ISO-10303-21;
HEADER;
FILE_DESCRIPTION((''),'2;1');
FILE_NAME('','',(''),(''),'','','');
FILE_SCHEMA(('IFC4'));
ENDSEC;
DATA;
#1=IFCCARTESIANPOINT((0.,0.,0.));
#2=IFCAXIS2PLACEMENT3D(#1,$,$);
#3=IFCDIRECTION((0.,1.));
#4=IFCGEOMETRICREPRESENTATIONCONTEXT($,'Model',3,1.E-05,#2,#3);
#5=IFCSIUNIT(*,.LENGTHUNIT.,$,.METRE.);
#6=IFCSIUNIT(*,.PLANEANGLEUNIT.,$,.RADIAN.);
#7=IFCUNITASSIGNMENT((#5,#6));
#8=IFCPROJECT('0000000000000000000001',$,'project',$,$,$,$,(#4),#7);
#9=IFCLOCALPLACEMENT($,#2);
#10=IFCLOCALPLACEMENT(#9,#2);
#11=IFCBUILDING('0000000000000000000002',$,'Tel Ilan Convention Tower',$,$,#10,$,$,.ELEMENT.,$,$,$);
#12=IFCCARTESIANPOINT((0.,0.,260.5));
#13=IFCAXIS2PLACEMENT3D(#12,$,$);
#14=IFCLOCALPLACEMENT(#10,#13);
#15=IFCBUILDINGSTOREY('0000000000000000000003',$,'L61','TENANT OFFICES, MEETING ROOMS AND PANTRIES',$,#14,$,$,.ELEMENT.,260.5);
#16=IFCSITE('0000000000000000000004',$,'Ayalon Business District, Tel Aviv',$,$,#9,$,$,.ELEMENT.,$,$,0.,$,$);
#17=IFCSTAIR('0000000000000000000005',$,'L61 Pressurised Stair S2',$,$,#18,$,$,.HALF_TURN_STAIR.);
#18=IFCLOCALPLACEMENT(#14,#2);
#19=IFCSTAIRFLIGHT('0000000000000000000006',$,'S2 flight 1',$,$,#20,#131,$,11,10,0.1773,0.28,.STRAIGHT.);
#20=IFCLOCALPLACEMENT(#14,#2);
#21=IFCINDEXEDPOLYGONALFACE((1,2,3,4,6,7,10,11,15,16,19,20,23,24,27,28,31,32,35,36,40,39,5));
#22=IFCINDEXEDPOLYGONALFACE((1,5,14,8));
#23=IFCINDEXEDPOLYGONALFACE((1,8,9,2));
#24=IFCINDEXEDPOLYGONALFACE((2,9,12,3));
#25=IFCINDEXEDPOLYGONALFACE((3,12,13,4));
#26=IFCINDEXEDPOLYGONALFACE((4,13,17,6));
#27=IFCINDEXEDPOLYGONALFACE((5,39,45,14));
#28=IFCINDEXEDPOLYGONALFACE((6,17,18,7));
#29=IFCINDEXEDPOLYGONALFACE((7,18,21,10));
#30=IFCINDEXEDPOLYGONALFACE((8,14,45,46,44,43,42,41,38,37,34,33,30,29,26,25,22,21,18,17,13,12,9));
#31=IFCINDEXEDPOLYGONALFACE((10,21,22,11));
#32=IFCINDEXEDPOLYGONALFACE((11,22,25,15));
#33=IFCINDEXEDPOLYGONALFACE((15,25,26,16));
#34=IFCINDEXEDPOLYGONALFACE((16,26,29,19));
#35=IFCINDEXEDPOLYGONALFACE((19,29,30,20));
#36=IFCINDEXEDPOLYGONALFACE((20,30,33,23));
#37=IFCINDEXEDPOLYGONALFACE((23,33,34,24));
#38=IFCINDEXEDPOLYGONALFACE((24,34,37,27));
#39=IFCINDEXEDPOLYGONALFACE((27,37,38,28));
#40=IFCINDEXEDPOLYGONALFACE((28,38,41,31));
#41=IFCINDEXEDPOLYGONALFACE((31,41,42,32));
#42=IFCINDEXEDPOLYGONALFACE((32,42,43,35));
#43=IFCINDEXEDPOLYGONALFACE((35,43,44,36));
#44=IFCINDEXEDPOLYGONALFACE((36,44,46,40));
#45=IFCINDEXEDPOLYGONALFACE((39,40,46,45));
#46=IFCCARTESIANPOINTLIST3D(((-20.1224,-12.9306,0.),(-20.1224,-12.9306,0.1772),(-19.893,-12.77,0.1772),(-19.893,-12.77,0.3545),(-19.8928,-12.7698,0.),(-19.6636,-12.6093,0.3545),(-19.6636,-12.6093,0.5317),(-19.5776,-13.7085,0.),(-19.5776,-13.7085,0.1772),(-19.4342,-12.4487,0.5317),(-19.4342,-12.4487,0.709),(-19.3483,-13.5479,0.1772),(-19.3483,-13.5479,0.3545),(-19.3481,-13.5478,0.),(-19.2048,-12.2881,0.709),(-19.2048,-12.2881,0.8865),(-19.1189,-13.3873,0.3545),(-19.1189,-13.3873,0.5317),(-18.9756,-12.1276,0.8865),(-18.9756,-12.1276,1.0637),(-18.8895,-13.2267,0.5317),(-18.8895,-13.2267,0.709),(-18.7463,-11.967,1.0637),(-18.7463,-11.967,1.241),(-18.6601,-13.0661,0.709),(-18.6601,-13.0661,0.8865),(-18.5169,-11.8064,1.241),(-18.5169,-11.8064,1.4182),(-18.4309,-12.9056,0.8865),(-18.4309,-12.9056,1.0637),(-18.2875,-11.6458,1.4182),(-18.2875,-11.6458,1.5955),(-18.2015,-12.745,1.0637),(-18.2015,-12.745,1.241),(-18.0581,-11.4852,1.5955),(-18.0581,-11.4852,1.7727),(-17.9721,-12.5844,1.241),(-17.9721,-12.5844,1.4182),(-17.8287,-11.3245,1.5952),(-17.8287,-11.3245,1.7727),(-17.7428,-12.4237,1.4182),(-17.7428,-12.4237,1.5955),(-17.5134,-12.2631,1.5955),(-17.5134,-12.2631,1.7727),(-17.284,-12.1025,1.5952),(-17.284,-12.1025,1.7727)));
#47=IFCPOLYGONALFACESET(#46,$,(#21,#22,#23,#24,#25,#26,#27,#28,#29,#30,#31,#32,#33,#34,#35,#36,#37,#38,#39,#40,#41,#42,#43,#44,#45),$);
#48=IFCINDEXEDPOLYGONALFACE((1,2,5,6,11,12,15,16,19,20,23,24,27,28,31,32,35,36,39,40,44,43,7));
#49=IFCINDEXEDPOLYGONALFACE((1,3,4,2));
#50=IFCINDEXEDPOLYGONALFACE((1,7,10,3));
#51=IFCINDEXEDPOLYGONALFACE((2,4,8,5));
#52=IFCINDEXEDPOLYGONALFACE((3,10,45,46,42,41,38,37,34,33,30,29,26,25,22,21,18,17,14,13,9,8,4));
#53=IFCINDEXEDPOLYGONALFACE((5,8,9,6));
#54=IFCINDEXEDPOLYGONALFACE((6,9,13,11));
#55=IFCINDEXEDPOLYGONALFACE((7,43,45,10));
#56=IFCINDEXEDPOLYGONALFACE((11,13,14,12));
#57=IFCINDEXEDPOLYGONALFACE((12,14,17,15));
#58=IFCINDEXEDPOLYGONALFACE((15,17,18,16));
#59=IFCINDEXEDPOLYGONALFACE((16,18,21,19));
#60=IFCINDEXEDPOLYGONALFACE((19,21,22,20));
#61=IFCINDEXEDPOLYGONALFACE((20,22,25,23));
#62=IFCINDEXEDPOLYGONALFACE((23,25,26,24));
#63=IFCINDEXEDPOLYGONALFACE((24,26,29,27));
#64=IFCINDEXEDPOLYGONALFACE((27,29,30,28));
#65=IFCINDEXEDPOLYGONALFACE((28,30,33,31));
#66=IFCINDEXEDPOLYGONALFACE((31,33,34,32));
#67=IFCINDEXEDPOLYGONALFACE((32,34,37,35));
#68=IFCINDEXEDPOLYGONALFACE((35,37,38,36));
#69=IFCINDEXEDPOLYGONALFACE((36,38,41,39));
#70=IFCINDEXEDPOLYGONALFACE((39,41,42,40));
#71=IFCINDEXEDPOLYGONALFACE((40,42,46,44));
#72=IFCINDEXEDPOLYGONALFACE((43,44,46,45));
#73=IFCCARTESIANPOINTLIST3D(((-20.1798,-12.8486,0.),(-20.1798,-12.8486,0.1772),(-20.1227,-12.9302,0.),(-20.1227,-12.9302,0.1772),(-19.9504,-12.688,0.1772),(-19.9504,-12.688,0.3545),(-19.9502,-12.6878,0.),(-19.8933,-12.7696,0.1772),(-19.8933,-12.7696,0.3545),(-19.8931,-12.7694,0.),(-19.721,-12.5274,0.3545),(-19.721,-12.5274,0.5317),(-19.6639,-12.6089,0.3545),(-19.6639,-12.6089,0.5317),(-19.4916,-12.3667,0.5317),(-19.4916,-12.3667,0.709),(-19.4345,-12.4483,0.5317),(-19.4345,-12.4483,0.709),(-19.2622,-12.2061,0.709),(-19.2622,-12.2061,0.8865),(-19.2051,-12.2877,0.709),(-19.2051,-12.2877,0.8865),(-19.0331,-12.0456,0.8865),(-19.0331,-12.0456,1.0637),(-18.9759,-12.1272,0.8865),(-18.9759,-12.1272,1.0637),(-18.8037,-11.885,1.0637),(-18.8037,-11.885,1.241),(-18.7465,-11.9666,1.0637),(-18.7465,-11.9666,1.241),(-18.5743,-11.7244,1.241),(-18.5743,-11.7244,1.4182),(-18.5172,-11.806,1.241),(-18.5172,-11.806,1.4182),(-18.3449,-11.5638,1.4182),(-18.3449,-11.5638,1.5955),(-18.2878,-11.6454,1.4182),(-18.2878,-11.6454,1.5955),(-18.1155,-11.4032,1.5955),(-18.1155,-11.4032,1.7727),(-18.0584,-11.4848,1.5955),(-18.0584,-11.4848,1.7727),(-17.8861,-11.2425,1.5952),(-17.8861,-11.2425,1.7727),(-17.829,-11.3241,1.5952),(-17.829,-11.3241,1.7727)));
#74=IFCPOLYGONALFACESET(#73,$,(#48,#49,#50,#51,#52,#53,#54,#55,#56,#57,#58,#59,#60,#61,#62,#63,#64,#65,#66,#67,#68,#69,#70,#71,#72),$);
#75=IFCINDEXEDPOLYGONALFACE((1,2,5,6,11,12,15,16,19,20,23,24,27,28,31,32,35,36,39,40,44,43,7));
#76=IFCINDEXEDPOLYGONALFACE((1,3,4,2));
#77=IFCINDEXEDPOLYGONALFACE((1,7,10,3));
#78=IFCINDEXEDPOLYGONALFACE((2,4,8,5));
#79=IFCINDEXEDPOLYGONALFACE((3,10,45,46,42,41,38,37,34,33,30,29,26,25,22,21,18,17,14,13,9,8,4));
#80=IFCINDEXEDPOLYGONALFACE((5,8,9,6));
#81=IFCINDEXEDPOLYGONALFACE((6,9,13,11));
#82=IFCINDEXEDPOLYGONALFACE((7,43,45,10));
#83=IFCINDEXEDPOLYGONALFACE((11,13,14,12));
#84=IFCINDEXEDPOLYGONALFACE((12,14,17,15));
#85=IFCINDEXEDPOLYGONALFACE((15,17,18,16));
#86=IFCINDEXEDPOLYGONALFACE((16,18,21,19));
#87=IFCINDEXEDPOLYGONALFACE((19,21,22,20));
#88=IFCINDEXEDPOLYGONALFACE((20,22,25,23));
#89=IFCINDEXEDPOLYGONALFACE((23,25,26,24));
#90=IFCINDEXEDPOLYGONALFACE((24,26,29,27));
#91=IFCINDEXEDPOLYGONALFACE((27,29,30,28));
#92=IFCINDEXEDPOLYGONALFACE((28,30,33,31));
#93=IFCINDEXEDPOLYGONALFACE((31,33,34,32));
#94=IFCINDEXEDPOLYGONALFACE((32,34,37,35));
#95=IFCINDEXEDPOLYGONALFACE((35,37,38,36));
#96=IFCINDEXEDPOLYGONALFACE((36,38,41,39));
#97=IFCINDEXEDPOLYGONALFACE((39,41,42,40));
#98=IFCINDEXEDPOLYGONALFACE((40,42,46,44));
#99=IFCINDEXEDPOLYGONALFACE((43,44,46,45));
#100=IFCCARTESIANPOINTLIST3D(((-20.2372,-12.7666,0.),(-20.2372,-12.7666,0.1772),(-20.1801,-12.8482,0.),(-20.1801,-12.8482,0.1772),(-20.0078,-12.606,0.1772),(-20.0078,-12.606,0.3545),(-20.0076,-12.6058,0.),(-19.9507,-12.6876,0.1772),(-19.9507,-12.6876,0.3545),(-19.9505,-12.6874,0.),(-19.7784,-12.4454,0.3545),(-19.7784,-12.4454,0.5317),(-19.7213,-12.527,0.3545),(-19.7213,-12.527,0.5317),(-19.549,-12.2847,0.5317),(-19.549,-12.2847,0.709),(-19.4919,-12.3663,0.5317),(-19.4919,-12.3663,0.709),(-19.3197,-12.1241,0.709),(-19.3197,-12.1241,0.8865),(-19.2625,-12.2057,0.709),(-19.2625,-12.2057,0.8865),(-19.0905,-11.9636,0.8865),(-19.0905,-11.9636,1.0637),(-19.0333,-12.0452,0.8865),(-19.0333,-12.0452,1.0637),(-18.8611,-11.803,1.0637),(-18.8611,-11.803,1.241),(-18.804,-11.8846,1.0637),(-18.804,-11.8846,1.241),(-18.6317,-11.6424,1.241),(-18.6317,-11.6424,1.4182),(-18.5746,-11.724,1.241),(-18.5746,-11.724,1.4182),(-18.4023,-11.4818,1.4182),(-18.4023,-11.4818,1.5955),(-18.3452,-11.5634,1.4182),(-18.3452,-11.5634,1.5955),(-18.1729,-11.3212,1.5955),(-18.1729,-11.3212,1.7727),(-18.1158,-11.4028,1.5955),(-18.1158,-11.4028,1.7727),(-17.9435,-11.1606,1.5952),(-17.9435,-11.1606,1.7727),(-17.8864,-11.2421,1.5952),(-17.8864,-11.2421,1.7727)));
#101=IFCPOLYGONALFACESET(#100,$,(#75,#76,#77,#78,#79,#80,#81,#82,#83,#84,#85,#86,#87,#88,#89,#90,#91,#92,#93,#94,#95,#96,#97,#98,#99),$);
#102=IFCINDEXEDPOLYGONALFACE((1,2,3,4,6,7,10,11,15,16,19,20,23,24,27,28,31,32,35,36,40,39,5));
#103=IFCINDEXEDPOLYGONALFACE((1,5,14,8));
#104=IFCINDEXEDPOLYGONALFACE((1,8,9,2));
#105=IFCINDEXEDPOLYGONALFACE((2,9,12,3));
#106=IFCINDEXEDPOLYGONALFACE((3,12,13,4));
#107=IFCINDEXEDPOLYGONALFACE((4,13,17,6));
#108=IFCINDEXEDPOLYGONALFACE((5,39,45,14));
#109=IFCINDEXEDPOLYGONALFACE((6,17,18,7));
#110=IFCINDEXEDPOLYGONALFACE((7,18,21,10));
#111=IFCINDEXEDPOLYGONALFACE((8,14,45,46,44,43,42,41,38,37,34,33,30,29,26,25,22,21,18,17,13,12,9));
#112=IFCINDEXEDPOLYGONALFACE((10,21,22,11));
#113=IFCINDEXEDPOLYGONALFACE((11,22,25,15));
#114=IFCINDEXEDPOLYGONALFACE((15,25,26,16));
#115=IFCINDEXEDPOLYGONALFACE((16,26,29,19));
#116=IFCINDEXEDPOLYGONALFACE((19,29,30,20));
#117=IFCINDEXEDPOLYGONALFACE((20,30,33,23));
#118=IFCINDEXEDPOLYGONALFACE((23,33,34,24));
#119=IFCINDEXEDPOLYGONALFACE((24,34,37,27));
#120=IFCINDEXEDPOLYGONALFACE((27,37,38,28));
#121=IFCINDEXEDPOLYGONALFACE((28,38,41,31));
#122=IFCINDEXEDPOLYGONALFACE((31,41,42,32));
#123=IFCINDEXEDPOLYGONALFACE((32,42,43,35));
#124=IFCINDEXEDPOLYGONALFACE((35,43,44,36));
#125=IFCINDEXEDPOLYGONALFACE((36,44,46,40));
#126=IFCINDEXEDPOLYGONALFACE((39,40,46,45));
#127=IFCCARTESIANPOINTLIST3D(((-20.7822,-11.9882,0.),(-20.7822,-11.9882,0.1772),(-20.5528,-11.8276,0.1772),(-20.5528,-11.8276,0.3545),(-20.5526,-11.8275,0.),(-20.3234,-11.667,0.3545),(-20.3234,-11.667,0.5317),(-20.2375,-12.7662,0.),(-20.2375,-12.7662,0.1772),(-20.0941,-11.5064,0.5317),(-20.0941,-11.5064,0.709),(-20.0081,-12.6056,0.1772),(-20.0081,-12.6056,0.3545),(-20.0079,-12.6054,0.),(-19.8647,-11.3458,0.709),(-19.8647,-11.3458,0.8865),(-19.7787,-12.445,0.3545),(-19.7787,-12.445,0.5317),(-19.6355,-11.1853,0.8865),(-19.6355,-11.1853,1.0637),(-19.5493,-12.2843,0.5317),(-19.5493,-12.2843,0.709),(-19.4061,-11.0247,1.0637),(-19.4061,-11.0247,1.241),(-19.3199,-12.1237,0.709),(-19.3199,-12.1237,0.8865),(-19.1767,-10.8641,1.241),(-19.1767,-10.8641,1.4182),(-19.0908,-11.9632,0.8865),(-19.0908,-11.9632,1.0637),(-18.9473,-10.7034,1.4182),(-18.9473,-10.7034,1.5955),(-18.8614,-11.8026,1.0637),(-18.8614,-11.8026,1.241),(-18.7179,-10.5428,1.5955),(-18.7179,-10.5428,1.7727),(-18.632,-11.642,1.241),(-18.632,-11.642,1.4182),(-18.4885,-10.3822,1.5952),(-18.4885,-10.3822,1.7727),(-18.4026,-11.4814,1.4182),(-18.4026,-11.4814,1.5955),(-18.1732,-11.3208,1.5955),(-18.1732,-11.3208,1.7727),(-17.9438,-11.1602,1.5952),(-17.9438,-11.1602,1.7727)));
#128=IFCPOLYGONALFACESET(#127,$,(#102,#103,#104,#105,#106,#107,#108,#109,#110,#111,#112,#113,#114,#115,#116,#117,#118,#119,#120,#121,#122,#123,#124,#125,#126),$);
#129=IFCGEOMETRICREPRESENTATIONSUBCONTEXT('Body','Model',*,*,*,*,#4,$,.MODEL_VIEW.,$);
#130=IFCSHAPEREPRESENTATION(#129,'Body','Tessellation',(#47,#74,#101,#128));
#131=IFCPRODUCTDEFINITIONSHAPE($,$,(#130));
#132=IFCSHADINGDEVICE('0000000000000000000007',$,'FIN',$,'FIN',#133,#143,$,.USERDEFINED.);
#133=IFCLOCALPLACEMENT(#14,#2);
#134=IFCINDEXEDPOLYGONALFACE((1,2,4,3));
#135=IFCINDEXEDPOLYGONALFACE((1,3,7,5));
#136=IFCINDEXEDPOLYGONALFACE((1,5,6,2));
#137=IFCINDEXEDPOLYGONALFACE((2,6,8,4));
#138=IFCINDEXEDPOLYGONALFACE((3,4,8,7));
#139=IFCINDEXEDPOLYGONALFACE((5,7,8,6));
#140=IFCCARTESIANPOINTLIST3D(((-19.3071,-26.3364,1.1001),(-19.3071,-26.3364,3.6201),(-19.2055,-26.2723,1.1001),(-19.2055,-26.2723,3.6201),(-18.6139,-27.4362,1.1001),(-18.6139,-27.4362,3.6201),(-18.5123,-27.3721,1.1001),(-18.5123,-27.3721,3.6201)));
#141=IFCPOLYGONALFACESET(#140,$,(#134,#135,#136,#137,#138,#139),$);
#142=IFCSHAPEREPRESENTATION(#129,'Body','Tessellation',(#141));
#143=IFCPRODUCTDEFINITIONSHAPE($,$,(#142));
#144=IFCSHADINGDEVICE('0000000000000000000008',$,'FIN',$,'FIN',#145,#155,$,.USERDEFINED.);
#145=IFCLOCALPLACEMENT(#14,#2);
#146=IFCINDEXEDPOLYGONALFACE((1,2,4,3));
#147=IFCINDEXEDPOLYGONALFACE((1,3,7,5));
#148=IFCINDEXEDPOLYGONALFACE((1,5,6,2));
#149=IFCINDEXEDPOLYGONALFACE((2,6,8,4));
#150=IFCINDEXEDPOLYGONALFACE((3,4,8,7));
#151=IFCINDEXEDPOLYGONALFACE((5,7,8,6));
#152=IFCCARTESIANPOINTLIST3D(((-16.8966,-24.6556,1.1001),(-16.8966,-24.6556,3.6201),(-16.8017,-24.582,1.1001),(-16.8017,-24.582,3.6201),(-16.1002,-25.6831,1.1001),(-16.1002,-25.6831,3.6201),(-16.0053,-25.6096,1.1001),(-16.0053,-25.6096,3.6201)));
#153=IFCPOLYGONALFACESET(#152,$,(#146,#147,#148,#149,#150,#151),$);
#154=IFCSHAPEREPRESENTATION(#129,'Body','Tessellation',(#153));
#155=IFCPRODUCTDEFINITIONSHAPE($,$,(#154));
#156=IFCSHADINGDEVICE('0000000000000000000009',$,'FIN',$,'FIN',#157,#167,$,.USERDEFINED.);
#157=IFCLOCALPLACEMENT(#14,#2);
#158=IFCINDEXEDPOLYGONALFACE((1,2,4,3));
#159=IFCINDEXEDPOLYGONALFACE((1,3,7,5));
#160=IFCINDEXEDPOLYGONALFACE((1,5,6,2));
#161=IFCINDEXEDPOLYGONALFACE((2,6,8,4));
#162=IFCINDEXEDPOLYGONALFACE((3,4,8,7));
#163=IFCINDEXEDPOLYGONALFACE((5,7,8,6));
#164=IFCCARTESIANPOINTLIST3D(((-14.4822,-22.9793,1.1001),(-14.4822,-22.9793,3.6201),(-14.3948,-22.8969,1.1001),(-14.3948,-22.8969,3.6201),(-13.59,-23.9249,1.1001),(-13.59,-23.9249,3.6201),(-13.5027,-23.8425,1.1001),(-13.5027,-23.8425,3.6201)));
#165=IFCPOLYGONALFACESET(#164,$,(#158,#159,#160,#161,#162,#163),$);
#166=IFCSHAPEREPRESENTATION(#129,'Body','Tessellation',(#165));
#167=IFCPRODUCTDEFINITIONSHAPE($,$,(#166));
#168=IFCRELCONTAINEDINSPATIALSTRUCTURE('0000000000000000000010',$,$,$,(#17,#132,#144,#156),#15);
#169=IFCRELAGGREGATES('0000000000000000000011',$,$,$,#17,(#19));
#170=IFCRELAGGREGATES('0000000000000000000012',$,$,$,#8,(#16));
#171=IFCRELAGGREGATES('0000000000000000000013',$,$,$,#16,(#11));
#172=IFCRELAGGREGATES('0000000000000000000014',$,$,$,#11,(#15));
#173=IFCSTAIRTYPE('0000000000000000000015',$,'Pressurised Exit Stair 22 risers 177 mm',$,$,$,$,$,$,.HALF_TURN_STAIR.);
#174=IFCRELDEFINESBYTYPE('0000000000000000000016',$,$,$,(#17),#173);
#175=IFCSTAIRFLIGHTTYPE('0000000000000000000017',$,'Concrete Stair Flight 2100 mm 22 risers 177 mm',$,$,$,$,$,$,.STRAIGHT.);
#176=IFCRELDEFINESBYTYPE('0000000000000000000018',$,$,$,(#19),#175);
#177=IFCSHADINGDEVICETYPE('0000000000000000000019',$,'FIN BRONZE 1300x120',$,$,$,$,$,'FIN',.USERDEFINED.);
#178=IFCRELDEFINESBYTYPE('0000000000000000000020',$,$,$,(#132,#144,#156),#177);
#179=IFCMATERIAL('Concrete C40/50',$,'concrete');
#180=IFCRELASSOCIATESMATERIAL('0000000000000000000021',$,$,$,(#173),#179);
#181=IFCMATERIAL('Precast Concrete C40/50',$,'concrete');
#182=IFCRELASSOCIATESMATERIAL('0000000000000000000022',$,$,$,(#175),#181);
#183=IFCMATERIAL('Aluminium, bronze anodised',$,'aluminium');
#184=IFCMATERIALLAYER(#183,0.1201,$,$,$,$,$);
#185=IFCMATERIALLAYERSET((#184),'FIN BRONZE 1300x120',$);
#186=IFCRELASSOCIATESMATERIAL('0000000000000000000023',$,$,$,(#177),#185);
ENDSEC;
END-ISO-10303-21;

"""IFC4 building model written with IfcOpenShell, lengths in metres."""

from ifc_helpers import new_model, si_unit, direction, frame, origin, origin_2d, place, context, subcontext, project, spatial, polyline, rectangle, outline, extrude, material, layer, layer_set, type_object, element, aggregate, save


model = new_model("IFC4")

# Units and contexts
model_context = context("Model", 3, precision=1e-05, world=origin(), true_north=direction((0.0, 1.0)))
body_context = subcontext(model_context, "Body", "Model", "MODEL_VIEW")
ifc_project = project(units=[si_unit("LENGTHUNIT", "METRE"), si_unit("PLANEANGLEUNIT", "RADIAN")], contexts=[model_context])

# Site, building, storey
site_placement = place(None, origin())
site = spatial("IfcSite", under=ifc_project, at=site_placement, Name="Ayalon Business District, Tel Aviv", CompositionType="ELEMENT", RefElevation=0.0)
building_placement = place(site_placement, origin())
building = spatial("IfcBuilding", under=site, at=building_placement, Name="Tel Ilan Convention Tower", CompositionType="ELEMENT")
storey_placement = place(building_placement, frame((0.0, 0.0, 260.5)))
storey = spatial("IfcBuildingStorey", under=building, at=storey_placement, Name="L61", Description="TENANT OFFICES, MEETING ROOMS AND PANTRIES", CompositionType="ELEMENT", Elevation=260.5)

# Stair, stair flight
ifc_material_1 = material(Name="Concrete C40/50", Category="concrete")
stair_type = type_object("IfcStairType", Name="Pressurised Exit Stair 22 risers 177 mm", PredefinedType="HALF_TURN_STAIR", material=ifc_material_1)
stair_placement = place(storey_placement, origin())
stair = element("IfcStair", 1, at=stair_placement, inside=storey, type_object=stair_type, Name="L61 Pressurised Stair S2", PredefinedType="HALF_TURN_STAIR")
ifc_material_2 = material(Name="Precast Concrete C40/50", Category="concrete")
stair_flight_type = type_object("IfcStairFlightType", Name="Concrete Stair Flight 2100 mm 22 risers 177 mm", PredefinedType="STRAIGHT", material=ifc_material_2)
stair_flight_placement = place(storey_placement, frame((-20.1799, -12.8484, 0.0), z_axis=(0.0, 0.0, 1.0), x_axis=(0.819152, 0.573576, 0.0)))
stair_flight = element("IfcStairFlight", 2, at=stair_flight_placement, type_object=stair_flight_type, Name="S2 flight 1", NumberOfRisers=11, NumberOfTreads=10, PredefinedType="STRAIGHT", RiserHeight=0.1773, TreadLength=0.28, context=body_context, shape_type="SweptSolid", body=[
    extrude(outline(polyline([(0.0, 0.0), (0.0, 0.1772), (0.28, 0.1772), (0.28, 0.3545), (0.5601, 0.3545), (0.5601, 0.5317), (0.8401, 0.5317), (0.8401, 0.709), (1.1201, 0.709), (1.1201, 0.8865), (1.3999, 0.8865), (1.3999, 1.0637), (1.6799, 1.0637), (1.6799, 1.241), (1.96, 1.241), (1.96, 1.4182), (2.24, 1.4182), (2.24, 1.5955), (2.52, 1.5955), (2.52, 1.7727), (2.8, 1.7727), (2.8, 1.95), (2.8, 1.5952), (0.2803, 0.0), (0.0, 0.0)])), frame((0.0, -0.1003, 0.0), z_axis=(0.0, -1.0, 0.0), x_axis=(1.0, 0.0, 0.0)), (0.0, 0.0, 1.0), 0.9497),
    extrude(outline(polyline([(0.0, 0.0), (0.0, 0.1772), (0.28, 0.1772), (0.28, 0.3545), (0.5601, 0.3545), (0.5601, 0.5317), (0.8401, 0.5317), (0.8401, 0.709), (1.1201, 0.709), (1.1201, 0.8865), (1.3999, 0.8865), (1.3999, 1.0637), (1.6799, 1.0637), (1.6799, 1.241), (1.96, 1.241), (1.96, 1.4182), (2.24, 1.4182), (2.24, 1.5955), (2.52, 1.5955), (2.52, 1.7727), (2.8, 1.7727), (2.8, 1.95), (2.8, 1.5952), (0.2803, 0.0), (0.0, 0.0)])), frame((0.0, -0.0002, 0.0), z_axis=(0.0, -1.0, 0.0), x_axis=(1.0, 0.0, 0.0)), (0.0, 0.0, 1.0), 0.0996),
    extrude(outline(polyline([(0.0, 0.0), (0.0, 0.1772), (0.28, 0.1772), (0.28, 0.3545), (0.5601, 0.3545), (0.5601, 0.5317), (0.8401, 0.5317), (0.8401, 0.709), (1.1201, 0.709), (1.1201, 0.8865), (1.3999, 0.8865), (1.3999, 1.0637), (1.6799, 1.0637), (1.6799, 1.241), (1.96, 1.241), (1.96, 1.4182), (2.24, 1.4182), (2.24, 1.5955), (2.52, 1.5955), (2.52, 1.7727), (2.8, 1.7727), (2.8, 1.95), (2.8, 1.5952), (0.2803, 0.0), (0.0, 0.0)])), frame((0.0, 0.0999, 0.0), z_axis=(0.0, -1.0, 0.0), x_axis=(1.0, 0.0, 0.0)), (0.0, 0.0, 1.0), 0.0996),
    extrude(outline(polyline([(0.0, 0.0), (0.0, 0.1772), (0.28, 0.1772), (0.28, 0.3545), (0.5601, 0.3545), (0.5601, 0.5317), (0.8401, 0.5317), (0.8401, 0.709), (1.1201, 0.709), (1.1201, 0.8865), (1.3999, 0.8865), (1.3999, 1.0637), (1.6799, 1.0637), (1.6799, 1.241), (1.96, 1.241), (1.96, 1.4182), (2.24, 1.4182), (2.24, 1.5955), (2.52, 1.5955), (2.52, 1.7727), (2.8, 1.7727), (2.8, 1.95), (2.8, 1.5952), (0.2803, 0.0), (0.0, 0.0)])), frame((0.0, 1.05, 0.0), z_axis=(0.0, -1.0, 0.0), x_axis=(1.0, 0.0, 0.0)), (0.0, 0.0, 1.0), 0.9497),
])
aggregate(stair, [stair_flight])

# Shading devices
ifc_material_3 = material(Name="Aluminium, bronze anodised", Category="aluminium")
ifc_layer_1 = layer(ifc_material_3, 0.1201)
ifc_layer_set_1 = layer_set([ifc_layer_1], Name="FIN BRONZE 1300x120")
shading_device_type = type_object("IfcShadingDeviceType", Name="FIN BRONZE 1300x120", ElementType="FIN", PredefinedType="USERDEFINED", material=ifc_layer_set_1)
for number, where, z_axis, x_axis, name in (
    (3, (-18.9097, -26.8542, 1.1001), (0.0, 0.0, 1.0), (0.533204, -0.845986, 0.0), "FIN"),
    (4, (-16.4509, -25.1326, 1.1001), (0.0, 0.0, 1.0), (0.612601, -0.790393, 0.0), "FIN"),
    (5, (-13.9924, -23.4109, 1.1001), (0.0, 0.0, 1.0), (0.686242, -0.727374, 0.0), "FIN"),
):
    element("IfcShadingDevice", number, at=place(storey_placement, frame(where, z_axis=z_axis, x_axis=x_axis)), inside=storey, type_object=shading_device_type, Name=name, ObjectType="FIN", PredefinedType="USERDEFINED", context=body_context, shape_type="SweptSolid", body=[
        extrude(rectangle(XDim=1.3, YDim=0.1201, at=origin_2d()), origin(), (0.0, 0.0, 1.0), 2.52),
    ])

save(model, "model.ifc")
